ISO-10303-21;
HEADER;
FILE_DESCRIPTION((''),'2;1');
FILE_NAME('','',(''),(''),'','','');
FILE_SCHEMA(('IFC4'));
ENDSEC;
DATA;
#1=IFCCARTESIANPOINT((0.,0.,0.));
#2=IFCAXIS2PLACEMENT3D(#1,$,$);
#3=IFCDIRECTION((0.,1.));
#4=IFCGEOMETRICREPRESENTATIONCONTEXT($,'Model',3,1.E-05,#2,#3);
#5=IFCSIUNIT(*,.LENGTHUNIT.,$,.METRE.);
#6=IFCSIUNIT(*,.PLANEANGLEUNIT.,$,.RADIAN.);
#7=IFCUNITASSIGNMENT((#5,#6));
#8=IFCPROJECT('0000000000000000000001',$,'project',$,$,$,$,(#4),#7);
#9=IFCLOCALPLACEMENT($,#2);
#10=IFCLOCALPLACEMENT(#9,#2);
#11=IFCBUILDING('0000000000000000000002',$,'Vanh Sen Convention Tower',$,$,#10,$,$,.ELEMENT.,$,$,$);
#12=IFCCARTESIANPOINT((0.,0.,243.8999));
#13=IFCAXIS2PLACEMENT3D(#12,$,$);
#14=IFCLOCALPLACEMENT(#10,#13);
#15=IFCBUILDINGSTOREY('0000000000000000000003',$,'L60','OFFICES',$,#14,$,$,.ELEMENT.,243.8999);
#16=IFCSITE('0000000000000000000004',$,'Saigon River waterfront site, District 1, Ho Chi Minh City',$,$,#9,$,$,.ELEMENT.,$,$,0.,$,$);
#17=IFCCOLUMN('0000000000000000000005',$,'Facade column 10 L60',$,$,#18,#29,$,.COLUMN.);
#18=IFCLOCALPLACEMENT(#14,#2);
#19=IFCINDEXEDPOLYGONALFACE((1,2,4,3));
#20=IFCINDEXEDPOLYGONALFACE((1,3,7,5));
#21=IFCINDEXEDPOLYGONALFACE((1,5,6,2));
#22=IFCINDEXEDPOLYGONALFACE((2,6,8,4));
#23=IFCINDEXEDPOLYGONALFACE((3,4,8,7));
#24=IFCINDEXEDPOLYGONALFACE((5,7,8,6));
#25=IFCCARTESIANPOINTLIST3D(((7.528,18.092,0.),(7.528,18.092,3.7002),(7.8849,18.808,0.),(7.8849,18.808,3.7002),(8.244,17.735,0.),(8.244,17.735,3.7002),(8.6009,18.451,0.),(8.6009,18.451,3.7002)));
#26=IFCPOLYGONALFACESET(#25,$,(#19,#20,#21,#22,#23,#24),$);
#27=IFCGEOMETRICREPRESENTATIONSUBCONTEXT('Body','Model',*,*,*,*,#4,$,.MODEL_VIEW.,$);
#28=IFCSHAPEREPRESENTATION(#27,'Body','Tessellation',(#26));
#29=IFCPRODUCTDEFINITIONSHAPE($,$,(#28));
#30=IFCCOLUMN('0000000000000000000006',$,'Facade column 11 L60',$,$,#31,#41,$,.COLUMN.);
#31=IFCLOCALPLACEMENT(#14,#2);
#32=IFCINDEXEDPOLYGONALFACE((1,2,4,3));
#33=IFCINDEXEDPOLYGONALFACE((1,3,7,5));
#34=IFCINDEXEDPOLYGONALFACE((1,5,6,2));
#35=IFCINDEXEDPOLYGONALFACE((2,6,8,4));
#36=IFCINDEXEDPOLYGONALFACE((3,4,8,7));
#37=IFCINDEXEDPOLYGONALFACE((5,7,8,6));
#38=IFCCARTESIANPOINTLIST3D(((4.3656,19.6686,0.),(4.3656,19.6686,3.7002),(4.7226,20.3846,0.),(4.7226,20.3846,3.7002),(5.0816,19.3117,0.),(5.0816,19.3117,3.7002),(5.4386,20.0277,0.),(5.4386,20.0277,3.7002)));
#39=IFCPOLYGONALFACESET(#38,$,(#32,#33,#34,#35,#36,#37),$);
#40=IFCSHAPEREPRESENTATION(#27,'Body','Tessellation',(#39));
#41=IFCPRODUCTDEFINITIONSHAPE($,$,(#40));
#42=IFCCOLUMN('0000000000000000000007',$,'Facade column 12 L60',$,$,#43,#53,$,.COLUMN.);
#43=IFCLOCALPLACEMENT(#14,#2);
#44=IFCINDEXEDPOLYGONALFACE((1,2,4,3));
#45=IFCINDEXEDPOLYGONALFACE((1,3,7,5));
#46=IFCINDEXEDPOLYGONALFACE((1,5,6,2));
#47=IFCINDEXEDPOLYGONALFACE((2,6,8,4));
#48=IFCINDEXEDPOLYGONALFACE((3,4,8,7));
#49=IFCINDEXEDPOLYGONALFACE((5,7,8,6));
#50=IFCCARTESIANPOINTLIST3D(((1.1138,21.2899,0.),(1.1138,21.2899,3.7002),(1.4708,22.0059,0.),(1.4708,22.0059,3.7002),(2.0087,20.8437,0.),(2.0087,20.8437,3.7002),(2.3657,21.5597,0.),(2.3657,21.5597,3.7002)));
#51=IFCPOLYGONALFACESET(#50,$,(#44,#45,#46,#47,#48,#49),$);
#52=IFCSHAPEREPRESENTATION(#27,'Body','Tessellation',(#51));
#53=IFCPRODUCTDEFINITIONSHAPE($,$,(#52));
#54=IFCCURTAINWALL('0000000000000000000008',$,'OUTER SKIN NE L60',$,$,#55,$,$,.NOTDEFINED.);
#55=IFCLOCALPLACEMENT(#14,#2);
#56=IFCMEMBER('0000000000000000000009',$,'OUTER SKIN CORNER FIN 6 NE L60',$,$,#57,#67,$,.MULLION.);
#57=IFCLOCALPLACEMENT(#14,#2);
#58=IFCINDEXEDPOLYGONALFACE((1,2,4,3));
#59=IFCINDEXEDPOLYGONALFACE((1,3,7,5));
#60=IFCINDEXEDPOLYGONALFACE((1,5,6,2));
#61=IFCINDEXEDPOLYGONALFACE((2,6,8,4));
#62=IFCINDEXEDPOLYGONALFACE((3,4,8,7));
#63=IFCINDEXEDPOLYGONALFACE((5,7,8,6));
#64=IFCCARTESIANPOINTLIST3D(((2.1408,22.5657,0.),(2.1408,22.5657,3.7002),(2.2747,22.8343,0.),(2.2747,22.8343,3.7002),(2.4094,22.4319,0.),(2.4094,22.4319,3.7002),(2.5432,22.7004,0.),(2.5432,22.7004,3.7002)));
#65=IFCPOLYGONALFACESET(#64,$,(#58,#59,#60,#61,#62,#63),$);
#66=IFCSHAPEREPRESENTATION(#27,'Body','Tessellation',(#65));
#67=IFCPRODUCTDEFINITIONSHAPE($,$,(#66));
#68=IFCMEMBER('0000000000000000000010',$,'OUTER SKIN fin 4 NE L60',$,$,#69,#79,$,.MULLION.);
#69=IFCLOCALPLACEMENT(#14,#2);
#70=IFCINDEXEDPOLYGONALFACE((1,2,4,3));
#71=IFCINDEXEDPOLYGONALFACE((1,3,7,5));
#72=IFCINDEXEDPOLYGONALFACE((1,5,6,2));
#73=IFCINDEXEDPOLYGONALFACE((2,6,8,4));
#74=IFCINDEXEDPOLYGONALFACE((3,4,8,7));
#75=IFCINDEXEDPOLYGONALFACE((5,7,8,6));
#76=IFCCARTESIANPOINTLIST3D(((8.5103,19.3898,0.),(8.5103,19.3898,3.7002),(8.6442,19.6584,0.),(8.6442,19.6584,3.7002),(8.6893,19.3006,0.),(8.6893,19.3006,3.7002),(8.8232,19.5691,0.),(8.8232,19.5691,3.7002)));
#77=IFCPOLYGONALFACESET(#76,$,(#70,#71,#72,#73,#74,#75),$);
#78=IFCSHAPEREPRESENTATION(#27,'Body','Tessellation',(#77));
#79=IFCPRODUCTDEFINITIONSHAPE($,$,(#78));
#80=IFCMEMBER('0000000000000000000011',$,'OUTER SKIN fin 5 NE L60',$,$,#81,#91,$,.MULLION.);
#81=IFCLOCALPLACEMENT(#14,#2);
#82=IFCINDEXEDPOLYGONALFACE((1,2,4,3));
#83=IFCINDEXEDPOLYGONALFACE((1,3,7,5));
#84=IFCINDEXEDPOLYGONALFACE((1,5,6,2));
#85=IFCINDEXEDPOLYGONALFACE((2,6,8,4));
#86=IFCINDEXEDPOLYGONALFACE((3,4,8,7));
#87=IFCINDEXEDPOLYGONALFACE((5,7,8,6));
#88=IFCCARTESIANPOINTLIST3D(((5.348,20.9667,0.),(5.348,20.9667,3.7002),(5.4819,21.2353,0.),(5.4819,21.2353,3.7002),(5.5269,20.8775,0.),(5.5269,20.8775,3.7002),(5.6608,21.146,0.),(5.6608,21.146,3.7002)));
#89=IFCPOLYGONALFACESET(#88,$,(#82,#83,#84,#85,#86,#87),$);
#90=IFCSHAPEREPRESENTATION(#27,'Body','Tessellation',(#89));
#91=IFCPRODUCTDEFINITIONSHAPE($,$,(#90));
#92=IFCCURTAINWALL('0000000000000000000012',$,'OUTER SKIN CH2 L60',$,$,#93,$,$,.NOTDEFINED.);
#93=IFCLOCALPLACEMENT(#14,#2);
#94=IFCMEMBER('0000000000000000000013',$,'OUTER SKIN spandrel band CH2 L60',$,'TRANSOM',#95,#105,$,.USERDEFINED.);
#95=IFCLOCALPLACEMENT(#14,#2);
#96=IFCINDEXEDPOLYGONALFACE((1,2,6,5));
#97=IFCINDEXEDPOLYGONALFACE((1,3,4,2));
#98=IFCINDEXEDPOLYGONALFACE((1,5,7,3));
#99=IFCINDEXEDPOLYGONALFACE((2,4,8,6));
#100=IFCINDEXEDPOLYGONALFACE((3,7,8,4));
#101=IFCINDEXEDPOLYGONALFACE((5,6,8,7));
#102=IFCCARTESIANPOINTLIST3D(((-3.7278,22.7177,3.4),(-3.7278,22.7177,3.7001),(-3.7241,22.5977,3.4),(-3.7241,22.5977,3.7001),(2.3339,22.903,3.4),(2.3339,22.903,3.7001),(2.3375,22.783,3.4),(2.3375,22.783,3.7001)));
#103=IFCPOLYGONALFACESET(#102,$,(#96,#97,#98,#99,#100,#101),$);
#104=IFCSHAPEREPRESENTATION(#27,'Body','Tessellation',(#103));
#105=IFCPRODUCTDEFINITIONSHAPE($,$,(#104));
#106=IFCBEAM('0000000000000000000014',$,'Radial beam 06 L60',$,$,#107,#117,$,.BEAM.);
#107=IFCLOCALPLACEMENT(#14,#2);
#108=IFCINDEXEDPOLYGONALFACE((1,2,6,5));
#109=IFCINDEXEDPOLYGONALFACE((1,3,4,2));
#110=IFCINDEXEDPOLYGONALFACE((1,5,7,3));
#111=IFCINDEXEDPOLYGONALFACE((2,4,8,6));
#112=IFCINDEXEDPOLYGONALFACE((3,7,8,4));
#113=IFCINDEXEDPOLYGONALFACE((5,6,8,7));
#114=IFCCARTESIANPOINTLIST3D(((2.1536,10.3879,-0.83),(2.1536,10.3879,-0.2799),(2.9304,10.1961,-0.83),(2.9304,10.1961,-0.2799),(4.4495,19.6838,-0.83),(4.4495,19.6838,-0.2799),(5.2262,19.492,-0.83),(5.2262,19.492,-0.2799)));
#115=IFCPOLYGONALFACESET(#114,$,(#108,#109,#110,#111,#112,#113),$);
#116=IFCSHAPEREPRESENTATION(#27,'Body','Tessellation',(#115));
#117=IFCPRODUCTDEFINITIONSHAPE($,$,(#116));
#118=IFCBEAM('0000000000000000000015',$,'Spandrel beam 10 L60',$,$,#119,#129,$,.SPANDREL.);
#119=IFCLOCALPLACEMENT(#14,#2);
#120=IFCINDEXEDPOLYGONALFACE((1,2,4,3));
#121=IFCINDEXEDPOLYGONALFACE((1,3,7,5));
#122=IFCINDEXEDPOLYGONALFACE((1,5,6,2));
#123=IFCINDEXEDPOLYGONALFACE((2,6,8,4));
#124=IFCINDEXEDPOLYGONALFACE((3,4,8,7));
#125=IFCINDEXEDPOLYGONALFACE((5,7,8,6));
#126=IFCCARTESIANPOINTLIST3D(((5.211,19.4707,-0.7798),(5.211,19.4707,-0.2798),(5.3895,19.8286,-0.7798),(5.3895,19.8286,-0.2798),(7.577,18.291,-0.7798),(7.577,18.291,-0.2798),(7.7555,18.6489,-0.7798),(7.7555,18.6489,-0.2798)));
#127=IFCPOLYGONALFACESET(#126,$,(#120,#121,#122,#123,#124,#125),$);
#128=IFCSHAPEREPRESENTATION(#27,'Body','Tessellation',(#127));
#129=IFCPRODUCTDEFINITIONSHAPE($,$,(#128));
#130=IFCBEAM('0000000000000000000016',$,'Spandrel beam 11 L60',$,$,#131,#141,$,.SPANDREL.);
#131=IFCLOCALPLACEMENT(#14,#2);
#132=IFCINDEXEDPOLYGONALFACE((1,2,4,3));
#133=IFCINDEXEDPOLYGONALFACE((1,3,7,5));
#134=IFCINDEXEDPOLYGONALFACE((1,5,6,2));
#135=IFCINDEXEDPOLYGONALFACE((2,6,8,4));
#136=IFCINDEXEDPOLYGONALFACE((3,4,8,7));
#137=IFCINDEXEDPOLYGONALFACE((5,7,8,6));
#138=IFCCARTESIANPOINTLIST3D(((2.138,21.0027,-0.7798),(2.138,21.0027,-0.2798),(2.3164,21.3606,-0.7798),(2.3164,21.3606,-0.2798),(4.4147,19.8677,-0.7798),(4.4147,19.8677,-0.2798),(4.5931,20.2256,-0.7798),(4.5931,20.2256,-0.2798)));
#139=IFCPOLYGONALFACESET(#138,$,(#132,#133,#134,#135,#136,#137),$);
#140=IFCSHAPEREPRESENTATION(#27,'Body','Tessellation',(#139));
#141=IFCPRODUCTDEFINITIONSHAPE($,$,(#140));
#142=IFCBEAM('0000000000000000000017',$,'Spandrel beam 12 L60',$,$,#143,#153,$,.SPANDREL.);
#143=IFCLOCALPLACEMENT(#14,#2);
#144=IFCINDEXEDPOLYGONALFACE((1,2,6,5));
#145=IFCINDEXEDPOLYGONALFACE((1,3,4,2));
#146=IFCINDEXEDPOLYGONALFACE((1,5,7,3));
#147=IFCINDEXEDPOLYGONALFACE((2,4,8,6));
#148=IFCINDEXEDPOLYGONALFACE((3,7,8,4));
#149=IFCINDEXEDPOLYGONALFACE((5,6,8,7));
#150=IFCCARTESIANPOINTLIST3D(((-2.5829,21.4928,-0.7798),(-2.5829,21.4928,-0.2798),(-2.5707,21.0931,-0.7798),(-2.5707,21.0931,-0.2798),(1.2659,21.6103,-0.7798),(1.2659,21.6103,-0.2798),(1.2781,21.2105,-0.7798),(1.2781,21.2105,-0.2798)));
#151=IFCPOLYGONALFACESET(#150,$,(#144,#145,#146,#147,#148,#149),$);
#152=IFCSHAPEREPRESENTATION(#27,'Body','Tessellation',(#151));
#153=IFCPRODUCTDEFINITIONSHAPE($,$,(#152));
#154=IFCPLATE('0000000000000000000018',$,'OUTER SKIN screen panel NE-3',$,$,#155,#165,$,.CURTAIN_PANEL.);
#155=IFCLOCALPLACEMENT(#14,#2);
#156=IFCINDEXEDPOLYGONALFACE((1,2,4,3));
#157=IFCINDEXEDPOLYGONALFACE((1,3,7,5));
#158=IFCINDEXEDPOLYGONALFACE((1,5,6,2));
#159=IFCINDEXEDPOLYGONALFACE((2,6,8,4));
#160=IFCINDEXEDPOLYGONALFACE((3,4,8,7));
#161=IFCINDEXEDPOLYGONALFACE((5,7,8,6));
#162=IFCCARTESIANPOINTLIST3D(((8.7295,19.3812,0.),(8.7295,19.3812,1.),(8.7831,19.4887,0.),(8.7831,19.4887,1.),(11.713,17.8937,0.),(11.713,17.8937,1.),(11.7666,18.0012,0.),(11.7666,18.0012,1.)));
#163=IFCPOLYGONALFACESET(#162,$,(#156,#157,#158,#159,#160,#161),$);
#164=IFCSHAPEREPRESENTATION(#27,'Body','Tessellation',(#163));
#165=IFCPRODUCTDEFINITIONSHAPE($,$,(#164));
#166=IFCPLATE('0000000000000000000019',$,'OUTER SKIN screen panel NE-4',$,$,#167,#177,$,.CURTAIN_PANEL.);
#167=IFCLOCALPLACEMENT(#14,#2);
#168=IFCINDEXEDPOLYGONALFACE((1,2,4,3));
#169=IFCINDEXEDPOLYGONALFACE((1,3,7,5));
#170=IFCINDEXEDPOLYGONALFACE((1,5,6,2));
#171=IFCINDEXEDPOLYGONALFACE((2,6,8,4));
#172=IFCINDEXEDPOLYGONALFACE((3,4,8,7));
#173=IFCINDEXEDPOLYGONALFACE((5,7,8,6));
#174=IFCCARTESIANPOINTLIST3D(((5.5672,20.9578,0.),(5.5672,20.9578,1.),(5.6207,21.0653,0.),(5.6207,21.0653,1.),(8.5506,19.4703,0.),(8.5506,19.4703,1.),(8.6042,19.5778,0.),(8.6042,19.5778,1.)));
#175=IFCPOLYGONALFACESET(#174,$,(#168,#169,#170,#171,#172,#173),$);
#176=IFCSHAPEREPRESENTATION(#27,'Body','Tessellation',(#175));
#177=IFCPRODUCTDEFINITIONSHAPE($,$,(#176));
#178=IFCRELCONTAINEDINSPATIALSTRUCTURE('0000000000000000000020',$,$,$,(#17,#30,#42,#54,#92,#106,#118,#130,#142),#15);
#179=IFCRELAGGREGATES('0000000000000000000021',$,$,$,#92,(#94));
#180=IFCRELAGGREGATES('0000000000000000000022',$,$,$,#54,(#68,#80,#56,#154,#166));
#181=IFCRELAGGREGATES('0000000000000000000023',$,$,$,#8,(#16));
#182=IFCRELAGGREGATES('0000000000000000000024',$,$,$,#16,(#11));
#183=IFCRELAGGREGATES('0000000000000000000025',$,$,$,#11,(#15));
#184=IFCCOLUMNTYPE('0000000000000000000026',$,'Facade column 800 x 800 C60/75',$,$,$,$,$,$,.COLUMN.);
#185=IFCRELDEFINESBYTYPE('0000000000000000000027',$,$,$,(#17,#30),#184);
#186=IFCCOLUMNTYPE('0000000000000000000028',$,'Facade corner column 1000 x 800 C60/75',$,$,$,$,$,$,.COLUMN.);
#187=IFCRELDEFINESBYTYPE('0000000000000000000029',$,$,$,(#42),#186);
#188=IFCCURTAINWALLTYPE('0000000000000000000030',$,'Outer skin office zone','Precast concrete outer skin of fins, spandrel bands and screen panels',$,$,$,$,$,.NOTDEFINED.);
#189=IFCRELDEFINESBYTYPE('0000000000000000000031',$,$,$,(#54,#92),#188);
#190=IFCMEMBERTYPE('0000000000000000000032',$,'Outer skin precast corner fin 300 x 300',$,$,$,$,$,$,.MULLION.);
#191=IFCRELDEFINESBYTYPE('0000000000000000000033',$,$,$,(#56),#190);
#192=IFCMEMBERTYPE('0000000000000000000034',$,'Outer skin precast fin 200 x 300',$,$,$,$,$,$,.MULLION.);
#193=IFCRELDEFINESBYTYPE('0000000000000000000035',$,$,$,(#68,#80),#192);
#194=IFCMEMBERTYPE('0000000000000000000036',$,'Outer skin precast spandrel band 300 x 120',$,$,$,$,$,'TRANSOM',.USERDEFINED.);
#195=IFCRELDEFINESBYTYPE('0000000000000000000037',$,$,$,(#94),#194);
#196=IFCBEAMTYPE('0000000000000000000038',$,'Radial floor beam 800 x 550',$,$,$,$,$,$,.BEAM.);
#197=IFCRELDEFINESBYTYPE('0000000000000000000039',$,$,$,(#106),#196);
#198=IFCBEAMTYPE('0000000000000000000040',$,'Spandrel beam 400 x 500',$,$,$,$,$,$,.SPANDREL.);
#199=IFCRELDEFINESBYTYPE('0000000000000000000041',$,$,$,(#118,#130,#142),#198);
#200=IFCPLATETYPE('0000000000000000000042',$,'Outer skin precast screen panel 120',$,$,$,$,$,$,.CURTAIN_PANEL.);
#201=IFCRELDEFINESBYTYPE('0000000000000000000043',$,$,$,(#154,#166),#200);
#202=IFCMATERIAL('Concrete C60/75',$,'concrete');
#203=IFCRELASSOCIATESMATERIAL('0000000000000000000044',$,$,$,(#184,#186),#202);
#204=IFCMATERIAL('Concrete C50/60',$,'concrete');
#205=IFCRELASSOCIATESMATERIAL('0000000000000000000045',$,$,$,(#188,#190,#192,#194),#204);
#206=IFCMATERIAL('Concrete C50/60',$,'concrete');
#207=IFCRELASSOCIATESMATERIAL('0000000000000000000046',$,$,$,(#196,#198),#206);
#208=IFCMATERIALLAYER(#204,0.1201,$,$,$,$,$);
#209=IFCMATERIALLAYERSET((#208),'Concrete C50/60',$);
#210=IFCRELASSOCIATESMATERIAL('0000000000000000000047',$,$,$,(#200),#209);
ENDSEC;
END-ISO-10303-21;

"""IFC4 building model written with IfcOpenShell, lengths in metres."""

from ifc_helpers import new_model, si_unit, direction, frame, origin, origin_2d, place, context, subcontext, project, spatial, rectangle, extrude, material, layer, layer_set, material_profile, profile_set, type_object, element, aggregate, save


model = new_model("IFC4")

# Units and contexts
model_context = context("Model", 3, precision=1e-05, world=origin(), true_north=direction((0.0, 1.0)))
body_context = subcontext(model_context, "Body", "Model", "MODEL_VIEW")
ifc_project = project(units=[si_unit("LENGTHUNIT", "METRE"), si_unit("PLANEANGLEUNIT", "RADIAN")], contexts=[model_context])

# Site, building, storey
site_placement = place(None, origin())
site = spatial("IfcSite", under=ifc_project, at=site_placement, Name="Saigon River waterfront site, District 1, Ho Chi Minh City", CompositionType="ELEMENT", RefElevation=0.0)
building_placement = place(site_placement, origin())
building = spatial("IfcBuilding", under=site, at=building_placement, Name="Vanh Sen Convention Tower", CompositionType="ELEMENT")
storey_placement = place(building_placement, frame((0.0, 0.0, 243.8999)))
storey = spatial("IfcBuildingStorey", under=building, at=storey_placement, Name="L60", Description="OFFICES", CompositionType="ELEMENT", Elevation=243.8999)

# Columns
ifc_material_1 = material(Name="Concrete C60/75", Category="concrete")
ifc_material_profile_1 = material_profile(ifc_material_1, rectangle(XDim=0.8, YDim=0.8, at=origin_2d()), Name="RC 800X800")
ifc_profile_set_1 = profile_set([ifc_material_profile_1], Name="Concrete C60/75")
column_type_1 = type_object("IfcColumnType", Name="Facade column 800 x 800 C60/75", PredefinedType="COLUMN", material=ifc_profile_set_1)
for number, where, z_axis, x_axis, name in (
    (1, (8.0645, 18.2715, 0.0), (0.0, 0.0, 1.0), (-0.894934, 0.446198, 0.0), "Facade column 10 L60"),
    (2, (4.9021, 19.8481, 0.0), (0.0, 0.0, 1.0), (-0.894934, 0.446198, 0.0), "Facade column 11 L60"),
):
    element("IfcColumn", number, at=place(storey_placement, frame(where, z_axis=z_axis, x_axis=x_axis)), inside=storey, type_object=column_type_1, Name=name, PredefinedType="COLUMN", context=body_context, shape_type="SweptSolid", body=[
        extrude(rectangle(XDim=0.8, YDim=0.8, at=origin_2d()), origin(), (0.0, 0.0, 1.0), 3.7002),
    ])
ifc_material_profile_2 = material_profile(ifc_material_1, rectangle(XDim=1.0, YDim=0.8, at=origin_2d()), Name="RC 1000X800")
ifc_profile_set_2 = profile_set([ifc_material_profile_2], Name="Concrete C60/75")
column_type_2 = type_object("IfcColumnType", Name="Facade corner column 1000 x 800 C60/75", PredefinedType="COLUMN", material=ifc_profile_set_2)
column_placement = place(storey_placement, frame((1.7397, 21.4248, 0.0), z_axis=(0.0, 0.0, 1.0), x_axis=(-0.894934, 0.446198, 0.0)))
element("IfcColumn", 3, at=column_placement, inside=storey, type_object=column_type_2, Name="Facade column 12 L60", PredefinedType="COLUMN", context=body_context, shape_type="SweptSolid", body=[
    extrude(rectangle(XDim=1.0, YDim=0.8, at=origin_2d()), origin(), (0.0, 0.0, 1.0), 3.7002),
])

# Curtain wall, members
ifc_material_2 = material(Name="Concrete C50/60", Category="concrete")
curtain_wall_type = type_object("IfcCurtainWallType", Name="Outer skin office zone", Description="Precast concrete outer skin of fins, spandrel bands and screen panels", PredefinedType="NOTDEFINED", material=ifc_material_2)
curtain_wall_1_placement = place(storey_placement, origin())
curtain_wall_1 = element("IfcCurtainWall", 4, at=curtain_wall_1_placement, inside=storey, type_object=curtain_wall_type, Name="OUTER SKIN NE L60", PredefinedType="NOTDEFINED")
ifc_material_profile_3 = material_profile(ifc_material_2, rectangle(XDim=0.3, YDim=0.3, at=origin_2d()), Name="Outer skin precast corner fin 300 x 300")
ifc_profile_set_3 = profile_set([ifc_material_profile_3], Name="Concrete C50/60")
member_type_1 = type_object("IfcMemberType", Name="Outer skin precast corner fin 300 x 300", PredefinedType="MULLION", material=ifc_profile_set_3)
member_1_placement = place(storey_placement, frame((2.342, 22.6331, 0.0), z_axis=(0.0, 0.0, 1.0), x_axis=(-0.894934, 0.446198, 0.0)))
member_1 = element("IfcMember", 5, at=member_1_placement, type_object=member_type_1, Name="OUTER SKIN CORNER FIN 6 NE L60", PredefinedType="MULLION", context=body_context, shape_type="SweptSolid", body=[
    extrude(rectangle(XDim=0.3, YDim=0.3, at=origin_2d()), origin(), (0.0, 0.0, 1.0), 3.7002),
])
ifc_material_profile_4 = material_profile(ifc_material_2, rectangle(XDim=0.2, YDim=0.3, at=origin_2d()), Name="Outer skin precast fin 200 x 300")
ifc_profile_set_4 = profile_set([ifc_material_profile_4], Name="Concrete C50/60")
member_type_2 = type_object("IfcMemberType", Name="Outer skin precast fin 200 x 300", PredefinedType="MULLION", material=ifc_profile_set_4)
member_2_placement = place(storey_placement, frame((8.6667, 19.4795, 0.0), z_axis=(0.0, 0.0, 1.0), x_axis=(-0.894934, 0.446198, 0.0)))
member_2 = element("IfcMember", 6, at=member_2_placement, type_object=member_type_2, Name="OUTER SKIN fin 4 NE L60", PredefinedType="MULLION", context=body_context, shape_type="SweptSolid", body=[
    extrude(rectangle(XDim=0.2, YDim=0.3, at=origin_2d()), origin(), (0.0, 0.0, 1.0), 3.7002),
])
member_3_placement = place(storey_placement, frame((5.5044, 21.0564, 0.0), z_axis=(0.0, 0.0, 1.0), x_axis=(-0.894934, 0.446198, 0.0)))
member_3 = element("IfcMember", 7, at=member_3_placement, type_object=member_type_2, Name="OUTER SKIN fin 5 NE L60", PredefinedType="MULLION", context=body_context, shape_type="SweptSolid", body=[
    extrude(rectangle(XDim=0.2, YDim=0.3, at=origin_2d()), origin(), (0.0, 0.0, 1.0), 3.7002),
])

# Curtain wall, member
curtain_wall_2_placement = place(storey_placement, origin())
curtain_wall_2 = element("IfcCurtainWall", 8, at=curtain_wall_2_placement, inside=storey, type_object=curtain_wall_type, Name="OUTER SKIN CH2 L60", PredefinedType="NOTDEFINED")
ifc_material_profile_5 = material_profile(ifc_material_2, rectangle(XDim=0.1201, YDim=0.3, at=origin_2d()), Name="Outer skin precast spandrel band 300 x 120")
ifc_profile_set_5 = profile_set([ifc_material_profile_5], Name="Concrete C50/60")
member_type_3 = type_object("IfcMemberType", Name="Outer skin precast spandrel band 300 x 120", ElementType="TRANSOM", PredefinedType="USERDEFINED", material=ifc_profile_set_5)
member_4_placement = place(storey_placement, frame((2.3357, 22.843, 3.55), z_axis=(-0.999533, -0.030556, 0.0), x_axis=(0.030556, -0.999533, 0.0)))
member_4 = element("IfcMember", 9, at=member_4_placement, type_object=member_type_3, Name="OUTER SKIN spandrel band CH2 L60", ObjectType="TRANSOM", PredefinedType="USERDEFINED", context=body_context, shape_type="SweptSolid", body=[
    extrude(rectangle(XDim=0.1201, YDim=0.3, at=origin_2d()), origin(), (0.0, 0.0, 1.0), 6.0645),
])
aggregate(curtain_wall_2, [member_4])

# Beams
ifc_material_3 = material(Name="Concrete C50/60", Category="concrete")
ifc_material_profile_6 = material_profile(ifc_material_3, rectangle(XDim=0.8, YDim=0.55, at=origin_2d()), Name="RC 800X550")
ifc_profile_set_6 = profile_set([ifc_material_profile_6], Name="Concrete C50/60")
beam_type_1 = type_object("IfcBeamType", Name="Radial floor beam 800 x 550", PredefinedType="BEAM", material=ifc_profile_set_6)
beam_1_placement = place(storey_placement, frame((4.8379, 19.5879, -0.5549), z_axis=(-0.239775, -0.970828, 0.0), x_axis=(0.970828, -0.239775, 0.0)))
element("IfcBeam", 10, at=beam_1_placement, inside=storey, type_object=beam_type_1, Name="Radial beam 06 L60", PredefinedType="BEAM", context=body_context, shape_type="SweptSolid", body=[
    extrude(rectangle(XDim=0.8, YDim=0.55, at=origin_2d()), origin(), (0.0, 0.0, 1.0), 9.5752),
])
ifc_material_profile_7 = material_profile(ifc_material_3, rectangle(XDim=0.3999, YDim=0.5, at=origin_2d()), Name="RC 400X500")
ifc_profile_set_7 = profile_set([ifc_material_profile_7], Name="Concrete C50/60")
beam_type_2 = type_object("IfcBeamType", Name="Spandrel beam 400 x 500", PredefinedType="SPANDREL", material=ifc_profile_set_7)
beam_2_placement = place(storey_placement, frame((7.6663, 18.47, -0.5298), z_axis=(-0.894925, 0.446216, 0.0), x_axis=(-0.446216, -0.894925, 0.0)))
element("IfcBeam", 11, at=beam_2_placement, inside=storey, type_object=beam_type_2, Name="Spandrel beam 10 L60", PredefinedType="SPANDREL", context=body_context, shape_type="SweptSolid", body=[
    extrude(rectangle(XDim=0.3999, YDim=0.5, at=origin_2d()), origin(), (0.0, 0.0, 1.0), 2.6438),
])
beam_3_placement = place(storey_placement, frame((4.5039, 20.0466, -0.5298), z_axis=(-0.894945, 0.446177, 0.0), x_axis=(-0.446177, -0.894945, 0.0)))
element("IfcBeam", 12, at=beam_3_placement, inside=storey, type_object=beam_type_2, Name="Spandrel beam 11 L60", PredefinedType="SPANDREL", context=body_context, shape_type="SweptSolid", body=[
    extrude(rectangle(XDim=0.3999, YDim=0.5, at=origin_2d()), origin(), (0.0, 0.0, 1.0), 2.5439),
])
beam_4_placement = place(storey_placement, frame((1.272, 21.4104, -0.5298), z_axis=(-0.999535, -0.030496, 0.0), x_axis=(0.030496, -0.999535, 0.0)))
element("IfcBeam", 13, at=beam_4_placement, inside=storey, type_object=beam_type_2, Name="Spandrel beam 12 L60", PredefinedType="SPANDREL", context=body_context, shape_type="SweptSolid", body=[
    extrude(rectangle(XDim=0.3999, YDim=0.5, at=origin_2d()), origin(), (0.0, 0.0, 1.0), 3.8506),
])

# Plates
ifc_layer_1 = layer(ifc_material_2, 0.1201)
ifc_layer_set_1 = layer_set([ifc_layer_1], Name="Concrete C50/60")
plate_type = type_object("IfcPlateType", Name="Outer skin precast screen panel 120", PredefinedType="CURTAIN_PANEL", material=ifc_layer_set_1)
plate_1_placement = place(storey_placement, frame((10.248, 18.6912, 0.0), z_axis=(0.0, 0.0, 1.0), x_axis=(-0.894936, 0.446195, 0.0)))
plate_1 = element("IfcPlate", 14, at=plate_1_placement, type_object=plate_type, Name="OUTER SKIN screen panel NE-3", PredefinedType="CURTAIN_PANEL", context=body_context, shape_type="SweptSolid", body=[
    extrude(rectangle(XDim=3.3337, YDim=0.1201, at=origin_2d()), origin(), (0.0, 0.0, 1.0), 1.0),
])
plate_2_placement = place(storey_placement, frame((7.0857, 20.2678, 0.0), z_axis=(0.0, 0.0, 1.0), x_axis=(-0.894936, 0.446195, 0.0)))
plate_2 = element("IfcPlate", 15, at=plate_2_placement, type_object=plate_type, Name="OUTER SKIN screen panel NE-4", PredefinedType="CURTAIN_PANEL", context=body_context, shape_type="SweptSolid", body=[
    extrude(rectangle(XDim=3.3337, YDim=0.1201, at=origin_2d()), origin(), (0.0, 0.0, 1.0), 1.0),
])
aggregate(curtain_wall_1, [member_2, member_3, member_1, plate_1, plate_2])

save(model, "model.ifc")
